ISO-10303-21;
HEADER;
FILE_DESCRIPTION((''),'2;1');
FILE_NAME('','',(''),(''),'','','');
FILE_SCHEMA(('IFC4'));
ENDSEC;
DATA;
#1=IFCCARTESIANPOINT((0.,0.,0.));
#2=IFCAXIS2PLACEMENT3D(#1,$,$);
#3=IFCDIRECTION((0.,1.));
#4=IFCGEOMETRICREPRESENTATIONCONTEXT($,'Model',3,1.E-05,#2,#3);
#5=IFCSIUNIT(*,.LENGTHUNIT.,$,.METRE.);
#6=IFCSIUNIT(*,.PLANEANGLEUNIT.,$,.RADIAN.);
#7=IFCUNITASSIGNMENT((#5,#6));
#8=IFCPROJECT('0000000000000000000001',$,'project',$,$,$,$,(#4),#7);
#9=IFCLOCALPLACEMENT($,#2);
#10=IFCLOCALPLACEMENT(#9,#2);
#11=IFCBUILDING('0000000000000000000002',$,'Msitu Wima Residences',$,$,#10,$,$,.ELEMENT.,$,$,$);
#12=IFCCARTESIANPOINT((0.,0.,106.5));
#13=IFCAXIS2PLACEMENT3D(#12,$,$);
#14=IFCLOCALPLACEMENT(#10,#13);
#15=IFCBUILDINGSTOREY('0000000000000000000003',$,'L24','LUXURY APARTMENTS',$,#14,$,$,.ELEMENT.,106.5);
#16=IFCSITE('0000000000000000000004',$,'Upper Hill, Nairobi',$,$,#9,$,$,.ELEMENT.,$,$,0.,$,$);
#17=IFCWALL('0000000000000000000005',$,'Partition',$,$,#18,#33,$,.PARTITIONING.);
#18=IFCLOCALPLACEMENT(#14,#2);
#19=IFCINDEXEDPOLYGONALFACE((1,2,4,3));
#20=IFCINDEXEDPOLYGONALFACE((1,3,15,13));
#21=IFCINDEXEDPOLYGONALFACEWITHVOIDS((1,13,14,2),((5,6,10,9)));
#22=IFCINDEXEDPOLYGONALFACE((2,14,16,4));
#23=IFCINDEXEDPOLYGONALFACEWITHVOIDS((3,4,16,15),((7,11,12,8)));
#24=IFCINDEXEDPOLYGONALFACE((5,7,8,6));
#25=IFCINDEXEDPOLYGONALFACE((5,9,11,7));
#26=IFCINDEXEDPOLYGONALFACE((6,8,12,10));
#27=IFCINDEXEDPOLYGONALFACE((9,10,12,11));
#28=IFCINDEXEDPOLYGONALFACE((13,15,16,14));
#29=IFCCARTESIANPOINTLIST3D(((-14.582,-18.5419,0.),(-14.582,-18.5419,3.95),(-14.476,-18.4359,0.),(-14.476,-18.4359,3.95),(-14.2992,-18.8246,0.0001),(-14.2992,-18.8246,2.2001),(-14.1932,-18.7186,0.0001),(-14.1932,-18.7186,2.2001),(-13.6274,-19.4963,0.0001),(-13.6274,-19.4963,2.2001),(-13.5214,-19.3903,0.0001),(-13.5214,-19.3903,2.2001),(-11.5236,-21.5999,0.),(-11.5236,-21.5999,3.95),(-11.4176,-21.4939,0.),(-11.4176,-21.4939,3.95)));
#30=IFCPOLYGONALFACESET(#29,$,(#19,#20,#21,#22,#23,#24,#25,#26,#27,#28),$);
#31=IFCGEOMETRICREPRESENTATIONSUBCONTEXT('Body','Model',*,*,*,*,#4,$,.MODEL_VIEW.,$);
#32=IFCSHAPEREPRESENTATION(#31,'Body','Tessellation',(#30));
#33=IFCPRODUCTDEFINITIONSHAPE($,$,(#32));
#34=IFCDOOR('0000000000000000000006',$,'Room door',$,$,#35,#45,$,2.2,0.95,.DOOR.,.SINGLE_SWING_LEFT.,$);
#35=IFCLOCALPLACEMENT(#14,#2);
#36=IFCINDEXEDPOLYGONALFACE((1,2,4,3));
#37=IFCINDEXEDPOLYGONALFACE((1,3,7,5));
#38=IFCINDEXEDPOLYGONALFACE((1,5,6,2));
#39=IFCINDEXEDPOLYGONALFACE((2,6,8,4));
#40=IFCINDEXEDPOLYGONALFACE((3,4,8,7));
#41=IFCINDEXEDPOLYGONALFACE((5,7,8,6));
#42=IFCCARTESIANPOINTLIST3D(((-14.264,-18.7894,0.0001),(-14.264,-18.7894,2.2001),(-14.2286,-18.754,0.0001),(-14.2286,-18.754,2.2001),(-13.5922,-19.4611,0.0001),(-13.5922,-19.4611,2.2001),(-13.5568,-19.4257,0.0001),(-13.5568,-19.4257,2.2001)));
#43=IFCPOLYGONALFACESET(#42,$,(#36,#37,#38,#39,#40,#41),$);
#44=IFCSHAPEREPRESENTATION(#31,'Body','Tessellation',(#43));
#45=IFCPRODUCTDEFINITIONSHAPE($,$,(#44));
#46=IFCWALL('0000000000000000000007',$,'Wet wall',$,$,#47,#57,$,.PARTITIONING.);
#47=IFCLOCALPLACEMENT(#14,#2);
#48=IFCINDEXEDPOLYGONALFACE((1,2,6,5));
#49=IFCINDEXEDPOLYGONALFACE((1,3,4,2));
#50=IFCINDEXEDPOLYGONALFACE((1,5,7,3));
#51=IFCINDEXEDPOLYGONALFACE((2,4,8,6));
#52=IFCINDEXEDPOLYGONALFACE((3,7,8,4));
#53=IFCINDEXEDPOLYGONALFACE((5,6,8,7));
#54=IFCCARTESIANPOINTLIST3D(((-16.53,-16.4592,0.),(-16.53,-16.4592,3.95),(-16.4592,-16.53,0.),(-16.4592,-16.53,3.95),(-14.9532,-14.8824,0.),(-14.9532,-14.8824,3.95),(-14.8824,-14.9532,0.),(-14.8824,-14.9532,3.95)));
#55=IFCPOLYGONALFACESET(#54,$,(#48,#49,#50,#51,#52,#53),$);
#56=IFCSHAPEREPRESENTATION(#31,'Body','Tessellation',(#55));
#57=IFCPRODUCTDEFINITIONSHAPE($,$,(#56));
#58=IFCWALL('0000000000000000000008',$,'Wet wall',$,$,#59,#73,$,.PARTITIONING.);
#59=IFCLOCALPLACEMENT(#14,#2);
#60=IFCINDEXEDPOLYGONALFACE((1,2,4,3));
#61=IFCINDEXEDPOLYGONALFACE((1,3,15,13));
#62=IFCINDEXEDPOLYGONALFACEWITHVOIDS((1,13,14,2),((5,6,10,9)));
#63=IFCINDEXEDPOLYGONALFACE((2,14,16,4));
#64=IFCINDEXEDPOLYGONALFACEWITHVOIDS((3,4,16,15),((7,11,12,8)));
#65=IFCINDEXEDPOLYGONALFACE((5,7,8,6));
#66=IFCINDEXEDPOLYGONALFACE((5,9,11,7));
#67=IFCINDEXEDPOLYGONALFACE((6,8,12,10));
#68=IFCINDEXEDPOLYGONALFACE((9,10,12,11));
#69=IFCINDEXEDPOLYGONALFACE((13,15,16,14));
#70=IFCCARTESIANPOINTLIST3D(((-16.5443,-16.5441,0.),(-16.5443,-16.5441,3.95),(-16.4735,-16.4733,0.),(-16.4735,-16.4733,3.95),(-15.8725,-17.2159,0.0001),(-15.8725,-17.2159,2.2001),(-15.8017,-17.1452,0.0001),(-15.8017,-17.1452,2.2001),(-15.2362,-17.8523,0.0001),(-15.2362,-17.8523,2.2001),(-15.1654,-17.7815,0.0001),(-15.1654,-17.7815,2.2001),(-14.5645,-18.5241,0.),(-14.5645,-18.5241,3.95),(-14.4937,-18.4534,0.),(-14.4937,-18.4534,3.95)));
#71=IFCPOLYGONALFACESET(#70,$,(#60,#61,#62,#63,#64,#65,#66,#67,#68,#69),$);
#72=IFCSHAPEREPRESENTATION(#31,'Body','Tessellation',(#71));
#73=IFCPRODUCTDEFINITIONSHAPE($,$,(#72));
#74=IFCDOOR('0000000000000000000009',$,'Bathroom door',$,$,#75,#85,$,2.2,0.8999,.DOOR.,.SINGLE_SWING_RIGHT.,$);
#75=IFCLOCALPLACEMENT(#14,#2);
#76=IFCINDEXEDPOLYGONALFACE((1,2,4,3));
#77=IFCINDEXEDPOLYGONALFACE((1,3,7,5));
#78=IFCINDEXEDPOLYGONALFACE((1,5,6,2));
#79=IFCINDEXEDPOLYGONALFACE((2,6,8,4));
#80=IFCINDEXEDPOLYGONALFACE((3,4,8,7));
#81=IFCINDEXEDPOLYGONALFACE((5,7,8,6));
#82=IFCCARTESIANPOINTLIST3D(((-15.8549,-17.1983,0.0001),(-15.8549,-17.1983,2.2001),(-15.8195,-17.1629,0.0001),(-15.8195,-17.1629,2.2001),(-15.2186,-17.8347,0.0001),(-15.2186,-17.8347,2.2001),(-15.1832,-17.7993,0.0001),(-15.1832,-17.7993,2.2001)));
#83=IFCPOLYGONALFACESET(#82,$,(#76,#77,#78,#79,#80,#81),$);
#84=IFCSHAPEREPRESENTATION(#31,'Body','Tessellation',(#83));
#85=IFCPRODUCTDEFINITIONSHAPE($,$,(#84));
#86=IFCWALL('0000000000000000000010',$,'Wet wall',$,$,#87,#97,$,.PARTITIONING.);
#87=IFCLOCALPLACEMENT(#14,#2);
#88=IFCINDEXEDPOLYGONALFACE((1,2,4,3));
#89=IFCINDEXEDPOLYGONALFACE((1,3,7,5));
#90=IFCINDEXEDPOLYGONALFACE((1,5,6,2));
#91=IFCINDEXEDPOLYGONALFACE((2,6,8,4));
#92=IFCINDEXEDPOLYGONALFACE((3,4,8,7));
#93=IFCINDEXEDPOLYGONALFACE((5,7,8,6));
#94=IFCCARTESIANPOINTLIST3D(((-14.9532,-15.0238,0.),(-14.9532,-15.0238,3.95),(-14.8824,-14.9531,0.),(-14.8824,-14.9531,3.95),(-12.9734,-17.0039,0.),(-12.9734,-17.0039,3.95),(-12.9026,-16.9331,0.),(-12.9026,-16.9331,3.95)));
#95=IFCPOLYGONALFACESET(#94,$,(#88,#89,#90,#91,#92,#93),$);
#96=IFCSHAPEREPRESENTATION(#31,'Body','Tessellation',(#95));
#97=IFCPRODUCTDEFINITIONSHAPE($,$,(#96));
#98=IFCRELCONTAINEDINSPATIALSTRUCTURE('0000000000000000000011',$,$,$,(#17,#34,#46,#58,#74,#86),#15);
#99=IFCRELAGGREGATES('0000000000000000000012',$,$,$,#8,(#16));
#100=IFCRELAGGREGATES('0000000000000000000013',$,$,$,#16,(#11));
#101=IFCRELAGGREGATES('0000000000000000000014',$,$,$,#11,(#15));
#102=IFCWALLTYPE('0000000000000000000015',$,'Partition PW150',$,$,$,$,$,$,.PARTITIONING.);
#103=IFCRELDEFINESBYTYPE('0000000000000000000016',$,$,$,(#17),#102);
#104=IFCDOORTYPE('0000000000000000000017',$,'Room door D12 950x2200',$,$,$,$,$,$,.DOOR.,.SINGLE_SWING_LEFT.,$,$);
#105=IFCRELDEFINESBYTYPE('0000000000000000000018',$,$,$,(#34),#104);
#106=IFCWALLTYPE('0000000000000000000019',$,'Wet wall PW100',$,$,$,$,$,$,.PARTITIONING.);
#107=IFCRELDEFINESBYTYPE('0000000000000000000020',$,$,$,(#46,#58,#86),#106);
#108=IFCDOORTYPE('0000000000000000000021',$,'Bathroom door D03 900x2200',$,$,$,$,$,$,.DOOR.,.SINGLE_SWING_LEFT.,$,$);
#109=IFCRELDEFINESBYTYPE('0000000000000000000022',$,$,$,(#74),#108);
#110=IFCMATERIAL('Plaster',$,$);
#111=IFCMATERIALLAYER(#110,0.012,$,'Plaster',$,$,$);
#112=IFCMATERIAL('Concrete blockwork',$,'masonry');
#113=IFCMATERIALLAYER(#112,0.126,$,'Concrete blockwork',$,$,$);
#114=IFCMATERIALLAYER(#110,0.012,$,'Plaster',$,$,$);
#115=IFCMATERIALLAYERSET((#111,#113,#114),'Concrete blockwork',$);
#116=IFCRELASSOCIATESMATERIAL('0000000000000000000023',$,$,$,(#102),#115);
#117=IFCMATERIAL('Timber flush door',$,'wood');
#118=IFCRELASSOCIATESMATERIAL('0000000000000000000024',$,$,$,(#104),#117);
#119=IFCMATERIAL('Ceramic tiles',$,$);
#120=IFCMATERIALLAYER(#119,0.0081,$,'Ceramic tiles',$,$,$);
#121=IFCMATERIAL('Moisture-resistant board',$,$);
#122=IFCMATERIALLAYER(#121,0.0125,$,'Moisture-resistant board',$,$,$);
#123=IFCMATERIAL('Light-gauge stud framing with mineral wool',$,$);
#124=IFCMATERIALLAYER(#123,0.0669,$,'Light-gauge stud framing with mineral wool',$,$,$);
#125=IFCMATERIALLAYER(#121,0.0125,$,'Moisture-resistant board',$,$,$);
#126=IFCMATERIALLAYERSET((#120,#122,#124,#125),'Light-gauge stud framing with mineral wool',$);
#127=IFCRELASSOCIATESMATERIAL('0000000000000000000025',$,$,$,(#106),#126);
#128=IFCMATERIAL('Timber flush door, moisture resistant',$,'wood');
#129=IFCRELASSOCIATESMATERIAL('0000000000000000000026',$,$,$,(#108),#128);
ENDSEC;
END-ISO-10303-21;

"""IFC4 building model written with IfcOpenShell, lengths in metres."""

from ifc_helpers import new_model, si_unit, direction, frame, frame_2d, origin, place, context, subcontext, project, spatial, rectangle, extrude, material, layer, layer_set, type_object, element, fill, save


model = new_model("IFC4")

# Units and contexts
model_context = context("Model", 3, precision=1e-05, world=origin(), true_north=direction((0.0, 1.0)))
body_context = subcontext(model_context, "Body", "Model", "MODEL_VIEW")
ifc_project = project(units=[si_unit("LENGTHUNIT", "METRE"), si_unit("PLANEANGLEUNIT", "RADIAN")], contexts=[model_context])

# Site, building, storey
site_placement = place(None, origin())
site = spatial("IfcSite", under=ifc_project, at=site_placement, Name="Upper Hill, Nairobi", CompositionType="ELEMENT", RefElevation=0.0)
building_placement = place(site_placement, origin())
building = spatial("IfcBuilding", under=site, at=building_placement, Name="Msitu Wima Residences", CompositionType="ELEMENT")
storey_placement = place(building_placement, frame((0.0, 0.0, 106.5)))
storey = spatial("IfcBuildingStorey", under=building, at=storey_placement, Name="L24", Description="LUXURY APARTMENTS", CompositionType="ELEMENT", Elevation=106.5)

# Shared definitions
ifc_material_1 = material(Name="Plaster")
ifc_material_2 = material(Name="Concrete blockwork", Category="masonry")

# Shared definitions
ifc_layer_1 = layer(ifc_material_1, 0.012, Name="Plaster")
ifc_layer_2 = layer(ifc_material_2, 0.126, Name="Concrete blockwork")
ifc_layer_3 = layer(ifc_material_1, 0.012, Name="Plaster")
ifc_layer_set_1 = layer_set([ifc_layer_1, ifc_layer_2, ifc_layer_3], Name="Concrete blockwork")
wall_type_1 = type_object("IfcWallType", Name="Partition PW150", PredefinedType="PARTITIONING", material=ifc_layer_set_1)

# Wall, opening, door
wall_1_placement = place(storey_placement, frame((-14.5291, -18.4888, 0.0), z_axis=(0.0, 0.0, 1.0), x_axis=(0.707135, -0.707079, 0.0)))
wall_1 = element("IfcWall", 1, at=wall_1_placement, inside=storey, type_object=wall_type_1, Name="Partition", PredefinedType="PARTITIONING", context=body_context, shape_type="SweptSolid", body=[
    extrude(rectangle(XDim=4.325, YDim=0.1499, at=frame_2d((2.1626, 0.0))), origin(), (0.0, 0.0, 1.0), 3.95),
])
opening_1_placement = place(wall_1_placement, frame((0.3999, 0.0, 0.0)))
opening_1 = element("IfcOpeningElement", 2, at=opening_1_placement, cuts=wall_1, PredefinedType="OPENING", context=body_context, shape_type="SweptSolid", body=[
    extrude(rectangle(XDim=0.95, YDim=2.2, at=frame_2d((0.4751, 1.1001))), frame((0.0, 0.085, 0.0), z_axis=(0.0, -1.0, 0.0), x_axis=(1.0, 0.0, 0.0)), (0.0, 0.0, 1.0), 0.1699),
])
ifc_material_3 = material(Name="Timber flush door", Category="wood")
door_type_1 = type_object("IfcDoorType", Name="Room door D12 950x2200", OperationType="SINGLE_SWING_LEFT", PredefinedType="DOOR", material=ifc_material_3)
door_1_placement = place(opening_1_placement, origin())
door_1 = element("IfcDoor", 3, at=door_1_placement, inside=storey, type_object=door_type_1, Name="Room door", OperationType="SINGLE_SWING_LEFT", OverallHeight=2.2, OverallWidth=0.95, PredefinedType="DOOR", context=body_context, shape_type="SweptSolid", body=[
    extrude(rectangle(XDim=0.95, YDim=2.2, at=frame_2d((0.4751, 1.1001))), frame((0.0, 0.0249, 0.0), z_axis=(0.0, -1.0, 0.0), x_axis=(1.0, 0.0, 0.0)), (0.0, 0.0, 1.0), 0.05),
])
fill(opening_1, door_1)

# Wall
ifc_material_4 = material(Name="Ceramic tiles")
ifc_layer_4 = layer(ifc_material_4, 0.0081, Name="Ceramic tiles")
ifc_material_5 = material(Name="Moisture-resistant board")
ifc_layer_5 = layer(ifc_material_5, 0.0125, Name="Moisture-resistant board")
ifc_material_6 = material(Name="Light-gauge stud framing with mineral wool")
ifc_layer_6 = layer(ifc_material_6, 0.0669, Name="Light-gauge stud framing with mineral wool")
ifc_layer_7 = layer(ifc_material_5, 0.0125, Name="Moisture-resistant board")
ifc_layer_set_2 = layer_set([ifc_layer_4, ifc_layer_5, ifc_layer_6, ifc_layer_7], Name="Light-gauge stud framing with mineral wool")
wall_type_2 = type_object("IfcWallType", Name="Wet wall PW100", PredefinedType="PARTITIONING", material=ifc_layer_set_2)
wall_2_placement = place(storey_placement, frame((-16.4946, -16.4946, 0.0), z_axis=(0.0, 0.0, 1.0), x_axis=(0.707107, 0.707107, 0.0)))
element("IfcWall", 4, at=wall_2_placement, inside=storey, type_object=wall_type_2, Name="Wet wall", PredefinedType="PARTITIONING", context=body_context, shape_type="SweptSolid", body=[
    extrude(rectangle(XDim=2.23, YDim=0.1001, at=frame_2d((1.115, 0.0))), origin(), (0.0, 0.0, 1.0), 3.95),
])

# Wall, opening, door
wall_3_placement = place(storey_placement, frame((-16.5088, -16.5088, 0.0), z_axis=(0.0, 0.0, 1.0), x_axis=(0.707063, -0.70715, 0.0)))
wall_3 = element("IfcWall", 5, at=wall_3_placement, inside=storey, type_object=wall_type_2, Name="Wet wall", PredefinedType="PARTITIONING", context=body_context, shape_type="SweptSolid", body=[
    extrude(rectangle(XDim=2.8, YDim=0.1001, at=frame_2d((1.3999, 0.0))), origin(), (0.0, 0.0, 1.0), 3.95),
])
opening_2_placement = place(wall_3_placement, frame((0.95, 0.0, 0.0)))
opening_2 = element("IfcOpeningElement", 6, at=opening_2_placement, cuts=wall_3, PredefinedType="OPENING", context=body_context, shape_type="SweptSolid", body=[
    extrude(rectangle(XDim=0.8999, YDim=2.2, at=frame_2d((0.45, 1.1001))), frame((0.0, 0.0601, 0.0), z_axis=(0.0, -1.0, 0.0), x_axis=(1.0, 0.0, 0.0)), (0.0, 0.0, 1.0), 0.1201),
])
ifc_material_7 = material(Name="Timber flush door, moisture resistant", Category="wood")
door_type_2 = type_object("IfcDoorType", Name="Bathroom door D03 900x2200", OperationType="SINGLE_SWING_LEFT", PredefinedType="DOOR", material=ifc_material_7)
door_2_placement = place(opening_2_placement, origin())
door_2 = element("IfcDoor", 7, at=door_2_placement, inside=storey, type_object=door_type_2, Name="Bathroom door", OperationType="SINGLE_SWING_RIGHT", OverallHeight=2.2, OverallWidth=0.8999, PredefinedType="DOOR", context=body_context, shape_type="SweptSolid", body=[
    extrude(rectangle(XDim=0.8999, YDim=2.2, at=frame_2d((0.45, 1.1001))), frame((0.0, 0.0249, 0.0), z_axis=(0.0, -1.0, 0.0), x_axis=(1.0, 0.0, 0.0)), (0.0, 0.0, 1.0), 0.05),
])
fill(opening_2, door_2)

# Wall
wall_4_placement = place(storey_placement, frame((-14.9177, -14.9885, 0.0), z_axis=(0.0, 0.0, 1.0), x_axis=(0.707063, -0.70715, 0.0)))
element("IfcWall", 8, at=wall_4_placement, inside=storey, type_object=wall_type_2, Name="Wet wall", PredefinedType="PARTITIONING", context=body_context, shape_type="SweptSolid", body=[
    extrude(rectangle(XDim=2.8, YDim=0.1001, at=frame_2d((1.3999, 0.0))), origin(), (0.0, 0.0, 1.0), 3.95),
])

save(model, "model.ifc")
